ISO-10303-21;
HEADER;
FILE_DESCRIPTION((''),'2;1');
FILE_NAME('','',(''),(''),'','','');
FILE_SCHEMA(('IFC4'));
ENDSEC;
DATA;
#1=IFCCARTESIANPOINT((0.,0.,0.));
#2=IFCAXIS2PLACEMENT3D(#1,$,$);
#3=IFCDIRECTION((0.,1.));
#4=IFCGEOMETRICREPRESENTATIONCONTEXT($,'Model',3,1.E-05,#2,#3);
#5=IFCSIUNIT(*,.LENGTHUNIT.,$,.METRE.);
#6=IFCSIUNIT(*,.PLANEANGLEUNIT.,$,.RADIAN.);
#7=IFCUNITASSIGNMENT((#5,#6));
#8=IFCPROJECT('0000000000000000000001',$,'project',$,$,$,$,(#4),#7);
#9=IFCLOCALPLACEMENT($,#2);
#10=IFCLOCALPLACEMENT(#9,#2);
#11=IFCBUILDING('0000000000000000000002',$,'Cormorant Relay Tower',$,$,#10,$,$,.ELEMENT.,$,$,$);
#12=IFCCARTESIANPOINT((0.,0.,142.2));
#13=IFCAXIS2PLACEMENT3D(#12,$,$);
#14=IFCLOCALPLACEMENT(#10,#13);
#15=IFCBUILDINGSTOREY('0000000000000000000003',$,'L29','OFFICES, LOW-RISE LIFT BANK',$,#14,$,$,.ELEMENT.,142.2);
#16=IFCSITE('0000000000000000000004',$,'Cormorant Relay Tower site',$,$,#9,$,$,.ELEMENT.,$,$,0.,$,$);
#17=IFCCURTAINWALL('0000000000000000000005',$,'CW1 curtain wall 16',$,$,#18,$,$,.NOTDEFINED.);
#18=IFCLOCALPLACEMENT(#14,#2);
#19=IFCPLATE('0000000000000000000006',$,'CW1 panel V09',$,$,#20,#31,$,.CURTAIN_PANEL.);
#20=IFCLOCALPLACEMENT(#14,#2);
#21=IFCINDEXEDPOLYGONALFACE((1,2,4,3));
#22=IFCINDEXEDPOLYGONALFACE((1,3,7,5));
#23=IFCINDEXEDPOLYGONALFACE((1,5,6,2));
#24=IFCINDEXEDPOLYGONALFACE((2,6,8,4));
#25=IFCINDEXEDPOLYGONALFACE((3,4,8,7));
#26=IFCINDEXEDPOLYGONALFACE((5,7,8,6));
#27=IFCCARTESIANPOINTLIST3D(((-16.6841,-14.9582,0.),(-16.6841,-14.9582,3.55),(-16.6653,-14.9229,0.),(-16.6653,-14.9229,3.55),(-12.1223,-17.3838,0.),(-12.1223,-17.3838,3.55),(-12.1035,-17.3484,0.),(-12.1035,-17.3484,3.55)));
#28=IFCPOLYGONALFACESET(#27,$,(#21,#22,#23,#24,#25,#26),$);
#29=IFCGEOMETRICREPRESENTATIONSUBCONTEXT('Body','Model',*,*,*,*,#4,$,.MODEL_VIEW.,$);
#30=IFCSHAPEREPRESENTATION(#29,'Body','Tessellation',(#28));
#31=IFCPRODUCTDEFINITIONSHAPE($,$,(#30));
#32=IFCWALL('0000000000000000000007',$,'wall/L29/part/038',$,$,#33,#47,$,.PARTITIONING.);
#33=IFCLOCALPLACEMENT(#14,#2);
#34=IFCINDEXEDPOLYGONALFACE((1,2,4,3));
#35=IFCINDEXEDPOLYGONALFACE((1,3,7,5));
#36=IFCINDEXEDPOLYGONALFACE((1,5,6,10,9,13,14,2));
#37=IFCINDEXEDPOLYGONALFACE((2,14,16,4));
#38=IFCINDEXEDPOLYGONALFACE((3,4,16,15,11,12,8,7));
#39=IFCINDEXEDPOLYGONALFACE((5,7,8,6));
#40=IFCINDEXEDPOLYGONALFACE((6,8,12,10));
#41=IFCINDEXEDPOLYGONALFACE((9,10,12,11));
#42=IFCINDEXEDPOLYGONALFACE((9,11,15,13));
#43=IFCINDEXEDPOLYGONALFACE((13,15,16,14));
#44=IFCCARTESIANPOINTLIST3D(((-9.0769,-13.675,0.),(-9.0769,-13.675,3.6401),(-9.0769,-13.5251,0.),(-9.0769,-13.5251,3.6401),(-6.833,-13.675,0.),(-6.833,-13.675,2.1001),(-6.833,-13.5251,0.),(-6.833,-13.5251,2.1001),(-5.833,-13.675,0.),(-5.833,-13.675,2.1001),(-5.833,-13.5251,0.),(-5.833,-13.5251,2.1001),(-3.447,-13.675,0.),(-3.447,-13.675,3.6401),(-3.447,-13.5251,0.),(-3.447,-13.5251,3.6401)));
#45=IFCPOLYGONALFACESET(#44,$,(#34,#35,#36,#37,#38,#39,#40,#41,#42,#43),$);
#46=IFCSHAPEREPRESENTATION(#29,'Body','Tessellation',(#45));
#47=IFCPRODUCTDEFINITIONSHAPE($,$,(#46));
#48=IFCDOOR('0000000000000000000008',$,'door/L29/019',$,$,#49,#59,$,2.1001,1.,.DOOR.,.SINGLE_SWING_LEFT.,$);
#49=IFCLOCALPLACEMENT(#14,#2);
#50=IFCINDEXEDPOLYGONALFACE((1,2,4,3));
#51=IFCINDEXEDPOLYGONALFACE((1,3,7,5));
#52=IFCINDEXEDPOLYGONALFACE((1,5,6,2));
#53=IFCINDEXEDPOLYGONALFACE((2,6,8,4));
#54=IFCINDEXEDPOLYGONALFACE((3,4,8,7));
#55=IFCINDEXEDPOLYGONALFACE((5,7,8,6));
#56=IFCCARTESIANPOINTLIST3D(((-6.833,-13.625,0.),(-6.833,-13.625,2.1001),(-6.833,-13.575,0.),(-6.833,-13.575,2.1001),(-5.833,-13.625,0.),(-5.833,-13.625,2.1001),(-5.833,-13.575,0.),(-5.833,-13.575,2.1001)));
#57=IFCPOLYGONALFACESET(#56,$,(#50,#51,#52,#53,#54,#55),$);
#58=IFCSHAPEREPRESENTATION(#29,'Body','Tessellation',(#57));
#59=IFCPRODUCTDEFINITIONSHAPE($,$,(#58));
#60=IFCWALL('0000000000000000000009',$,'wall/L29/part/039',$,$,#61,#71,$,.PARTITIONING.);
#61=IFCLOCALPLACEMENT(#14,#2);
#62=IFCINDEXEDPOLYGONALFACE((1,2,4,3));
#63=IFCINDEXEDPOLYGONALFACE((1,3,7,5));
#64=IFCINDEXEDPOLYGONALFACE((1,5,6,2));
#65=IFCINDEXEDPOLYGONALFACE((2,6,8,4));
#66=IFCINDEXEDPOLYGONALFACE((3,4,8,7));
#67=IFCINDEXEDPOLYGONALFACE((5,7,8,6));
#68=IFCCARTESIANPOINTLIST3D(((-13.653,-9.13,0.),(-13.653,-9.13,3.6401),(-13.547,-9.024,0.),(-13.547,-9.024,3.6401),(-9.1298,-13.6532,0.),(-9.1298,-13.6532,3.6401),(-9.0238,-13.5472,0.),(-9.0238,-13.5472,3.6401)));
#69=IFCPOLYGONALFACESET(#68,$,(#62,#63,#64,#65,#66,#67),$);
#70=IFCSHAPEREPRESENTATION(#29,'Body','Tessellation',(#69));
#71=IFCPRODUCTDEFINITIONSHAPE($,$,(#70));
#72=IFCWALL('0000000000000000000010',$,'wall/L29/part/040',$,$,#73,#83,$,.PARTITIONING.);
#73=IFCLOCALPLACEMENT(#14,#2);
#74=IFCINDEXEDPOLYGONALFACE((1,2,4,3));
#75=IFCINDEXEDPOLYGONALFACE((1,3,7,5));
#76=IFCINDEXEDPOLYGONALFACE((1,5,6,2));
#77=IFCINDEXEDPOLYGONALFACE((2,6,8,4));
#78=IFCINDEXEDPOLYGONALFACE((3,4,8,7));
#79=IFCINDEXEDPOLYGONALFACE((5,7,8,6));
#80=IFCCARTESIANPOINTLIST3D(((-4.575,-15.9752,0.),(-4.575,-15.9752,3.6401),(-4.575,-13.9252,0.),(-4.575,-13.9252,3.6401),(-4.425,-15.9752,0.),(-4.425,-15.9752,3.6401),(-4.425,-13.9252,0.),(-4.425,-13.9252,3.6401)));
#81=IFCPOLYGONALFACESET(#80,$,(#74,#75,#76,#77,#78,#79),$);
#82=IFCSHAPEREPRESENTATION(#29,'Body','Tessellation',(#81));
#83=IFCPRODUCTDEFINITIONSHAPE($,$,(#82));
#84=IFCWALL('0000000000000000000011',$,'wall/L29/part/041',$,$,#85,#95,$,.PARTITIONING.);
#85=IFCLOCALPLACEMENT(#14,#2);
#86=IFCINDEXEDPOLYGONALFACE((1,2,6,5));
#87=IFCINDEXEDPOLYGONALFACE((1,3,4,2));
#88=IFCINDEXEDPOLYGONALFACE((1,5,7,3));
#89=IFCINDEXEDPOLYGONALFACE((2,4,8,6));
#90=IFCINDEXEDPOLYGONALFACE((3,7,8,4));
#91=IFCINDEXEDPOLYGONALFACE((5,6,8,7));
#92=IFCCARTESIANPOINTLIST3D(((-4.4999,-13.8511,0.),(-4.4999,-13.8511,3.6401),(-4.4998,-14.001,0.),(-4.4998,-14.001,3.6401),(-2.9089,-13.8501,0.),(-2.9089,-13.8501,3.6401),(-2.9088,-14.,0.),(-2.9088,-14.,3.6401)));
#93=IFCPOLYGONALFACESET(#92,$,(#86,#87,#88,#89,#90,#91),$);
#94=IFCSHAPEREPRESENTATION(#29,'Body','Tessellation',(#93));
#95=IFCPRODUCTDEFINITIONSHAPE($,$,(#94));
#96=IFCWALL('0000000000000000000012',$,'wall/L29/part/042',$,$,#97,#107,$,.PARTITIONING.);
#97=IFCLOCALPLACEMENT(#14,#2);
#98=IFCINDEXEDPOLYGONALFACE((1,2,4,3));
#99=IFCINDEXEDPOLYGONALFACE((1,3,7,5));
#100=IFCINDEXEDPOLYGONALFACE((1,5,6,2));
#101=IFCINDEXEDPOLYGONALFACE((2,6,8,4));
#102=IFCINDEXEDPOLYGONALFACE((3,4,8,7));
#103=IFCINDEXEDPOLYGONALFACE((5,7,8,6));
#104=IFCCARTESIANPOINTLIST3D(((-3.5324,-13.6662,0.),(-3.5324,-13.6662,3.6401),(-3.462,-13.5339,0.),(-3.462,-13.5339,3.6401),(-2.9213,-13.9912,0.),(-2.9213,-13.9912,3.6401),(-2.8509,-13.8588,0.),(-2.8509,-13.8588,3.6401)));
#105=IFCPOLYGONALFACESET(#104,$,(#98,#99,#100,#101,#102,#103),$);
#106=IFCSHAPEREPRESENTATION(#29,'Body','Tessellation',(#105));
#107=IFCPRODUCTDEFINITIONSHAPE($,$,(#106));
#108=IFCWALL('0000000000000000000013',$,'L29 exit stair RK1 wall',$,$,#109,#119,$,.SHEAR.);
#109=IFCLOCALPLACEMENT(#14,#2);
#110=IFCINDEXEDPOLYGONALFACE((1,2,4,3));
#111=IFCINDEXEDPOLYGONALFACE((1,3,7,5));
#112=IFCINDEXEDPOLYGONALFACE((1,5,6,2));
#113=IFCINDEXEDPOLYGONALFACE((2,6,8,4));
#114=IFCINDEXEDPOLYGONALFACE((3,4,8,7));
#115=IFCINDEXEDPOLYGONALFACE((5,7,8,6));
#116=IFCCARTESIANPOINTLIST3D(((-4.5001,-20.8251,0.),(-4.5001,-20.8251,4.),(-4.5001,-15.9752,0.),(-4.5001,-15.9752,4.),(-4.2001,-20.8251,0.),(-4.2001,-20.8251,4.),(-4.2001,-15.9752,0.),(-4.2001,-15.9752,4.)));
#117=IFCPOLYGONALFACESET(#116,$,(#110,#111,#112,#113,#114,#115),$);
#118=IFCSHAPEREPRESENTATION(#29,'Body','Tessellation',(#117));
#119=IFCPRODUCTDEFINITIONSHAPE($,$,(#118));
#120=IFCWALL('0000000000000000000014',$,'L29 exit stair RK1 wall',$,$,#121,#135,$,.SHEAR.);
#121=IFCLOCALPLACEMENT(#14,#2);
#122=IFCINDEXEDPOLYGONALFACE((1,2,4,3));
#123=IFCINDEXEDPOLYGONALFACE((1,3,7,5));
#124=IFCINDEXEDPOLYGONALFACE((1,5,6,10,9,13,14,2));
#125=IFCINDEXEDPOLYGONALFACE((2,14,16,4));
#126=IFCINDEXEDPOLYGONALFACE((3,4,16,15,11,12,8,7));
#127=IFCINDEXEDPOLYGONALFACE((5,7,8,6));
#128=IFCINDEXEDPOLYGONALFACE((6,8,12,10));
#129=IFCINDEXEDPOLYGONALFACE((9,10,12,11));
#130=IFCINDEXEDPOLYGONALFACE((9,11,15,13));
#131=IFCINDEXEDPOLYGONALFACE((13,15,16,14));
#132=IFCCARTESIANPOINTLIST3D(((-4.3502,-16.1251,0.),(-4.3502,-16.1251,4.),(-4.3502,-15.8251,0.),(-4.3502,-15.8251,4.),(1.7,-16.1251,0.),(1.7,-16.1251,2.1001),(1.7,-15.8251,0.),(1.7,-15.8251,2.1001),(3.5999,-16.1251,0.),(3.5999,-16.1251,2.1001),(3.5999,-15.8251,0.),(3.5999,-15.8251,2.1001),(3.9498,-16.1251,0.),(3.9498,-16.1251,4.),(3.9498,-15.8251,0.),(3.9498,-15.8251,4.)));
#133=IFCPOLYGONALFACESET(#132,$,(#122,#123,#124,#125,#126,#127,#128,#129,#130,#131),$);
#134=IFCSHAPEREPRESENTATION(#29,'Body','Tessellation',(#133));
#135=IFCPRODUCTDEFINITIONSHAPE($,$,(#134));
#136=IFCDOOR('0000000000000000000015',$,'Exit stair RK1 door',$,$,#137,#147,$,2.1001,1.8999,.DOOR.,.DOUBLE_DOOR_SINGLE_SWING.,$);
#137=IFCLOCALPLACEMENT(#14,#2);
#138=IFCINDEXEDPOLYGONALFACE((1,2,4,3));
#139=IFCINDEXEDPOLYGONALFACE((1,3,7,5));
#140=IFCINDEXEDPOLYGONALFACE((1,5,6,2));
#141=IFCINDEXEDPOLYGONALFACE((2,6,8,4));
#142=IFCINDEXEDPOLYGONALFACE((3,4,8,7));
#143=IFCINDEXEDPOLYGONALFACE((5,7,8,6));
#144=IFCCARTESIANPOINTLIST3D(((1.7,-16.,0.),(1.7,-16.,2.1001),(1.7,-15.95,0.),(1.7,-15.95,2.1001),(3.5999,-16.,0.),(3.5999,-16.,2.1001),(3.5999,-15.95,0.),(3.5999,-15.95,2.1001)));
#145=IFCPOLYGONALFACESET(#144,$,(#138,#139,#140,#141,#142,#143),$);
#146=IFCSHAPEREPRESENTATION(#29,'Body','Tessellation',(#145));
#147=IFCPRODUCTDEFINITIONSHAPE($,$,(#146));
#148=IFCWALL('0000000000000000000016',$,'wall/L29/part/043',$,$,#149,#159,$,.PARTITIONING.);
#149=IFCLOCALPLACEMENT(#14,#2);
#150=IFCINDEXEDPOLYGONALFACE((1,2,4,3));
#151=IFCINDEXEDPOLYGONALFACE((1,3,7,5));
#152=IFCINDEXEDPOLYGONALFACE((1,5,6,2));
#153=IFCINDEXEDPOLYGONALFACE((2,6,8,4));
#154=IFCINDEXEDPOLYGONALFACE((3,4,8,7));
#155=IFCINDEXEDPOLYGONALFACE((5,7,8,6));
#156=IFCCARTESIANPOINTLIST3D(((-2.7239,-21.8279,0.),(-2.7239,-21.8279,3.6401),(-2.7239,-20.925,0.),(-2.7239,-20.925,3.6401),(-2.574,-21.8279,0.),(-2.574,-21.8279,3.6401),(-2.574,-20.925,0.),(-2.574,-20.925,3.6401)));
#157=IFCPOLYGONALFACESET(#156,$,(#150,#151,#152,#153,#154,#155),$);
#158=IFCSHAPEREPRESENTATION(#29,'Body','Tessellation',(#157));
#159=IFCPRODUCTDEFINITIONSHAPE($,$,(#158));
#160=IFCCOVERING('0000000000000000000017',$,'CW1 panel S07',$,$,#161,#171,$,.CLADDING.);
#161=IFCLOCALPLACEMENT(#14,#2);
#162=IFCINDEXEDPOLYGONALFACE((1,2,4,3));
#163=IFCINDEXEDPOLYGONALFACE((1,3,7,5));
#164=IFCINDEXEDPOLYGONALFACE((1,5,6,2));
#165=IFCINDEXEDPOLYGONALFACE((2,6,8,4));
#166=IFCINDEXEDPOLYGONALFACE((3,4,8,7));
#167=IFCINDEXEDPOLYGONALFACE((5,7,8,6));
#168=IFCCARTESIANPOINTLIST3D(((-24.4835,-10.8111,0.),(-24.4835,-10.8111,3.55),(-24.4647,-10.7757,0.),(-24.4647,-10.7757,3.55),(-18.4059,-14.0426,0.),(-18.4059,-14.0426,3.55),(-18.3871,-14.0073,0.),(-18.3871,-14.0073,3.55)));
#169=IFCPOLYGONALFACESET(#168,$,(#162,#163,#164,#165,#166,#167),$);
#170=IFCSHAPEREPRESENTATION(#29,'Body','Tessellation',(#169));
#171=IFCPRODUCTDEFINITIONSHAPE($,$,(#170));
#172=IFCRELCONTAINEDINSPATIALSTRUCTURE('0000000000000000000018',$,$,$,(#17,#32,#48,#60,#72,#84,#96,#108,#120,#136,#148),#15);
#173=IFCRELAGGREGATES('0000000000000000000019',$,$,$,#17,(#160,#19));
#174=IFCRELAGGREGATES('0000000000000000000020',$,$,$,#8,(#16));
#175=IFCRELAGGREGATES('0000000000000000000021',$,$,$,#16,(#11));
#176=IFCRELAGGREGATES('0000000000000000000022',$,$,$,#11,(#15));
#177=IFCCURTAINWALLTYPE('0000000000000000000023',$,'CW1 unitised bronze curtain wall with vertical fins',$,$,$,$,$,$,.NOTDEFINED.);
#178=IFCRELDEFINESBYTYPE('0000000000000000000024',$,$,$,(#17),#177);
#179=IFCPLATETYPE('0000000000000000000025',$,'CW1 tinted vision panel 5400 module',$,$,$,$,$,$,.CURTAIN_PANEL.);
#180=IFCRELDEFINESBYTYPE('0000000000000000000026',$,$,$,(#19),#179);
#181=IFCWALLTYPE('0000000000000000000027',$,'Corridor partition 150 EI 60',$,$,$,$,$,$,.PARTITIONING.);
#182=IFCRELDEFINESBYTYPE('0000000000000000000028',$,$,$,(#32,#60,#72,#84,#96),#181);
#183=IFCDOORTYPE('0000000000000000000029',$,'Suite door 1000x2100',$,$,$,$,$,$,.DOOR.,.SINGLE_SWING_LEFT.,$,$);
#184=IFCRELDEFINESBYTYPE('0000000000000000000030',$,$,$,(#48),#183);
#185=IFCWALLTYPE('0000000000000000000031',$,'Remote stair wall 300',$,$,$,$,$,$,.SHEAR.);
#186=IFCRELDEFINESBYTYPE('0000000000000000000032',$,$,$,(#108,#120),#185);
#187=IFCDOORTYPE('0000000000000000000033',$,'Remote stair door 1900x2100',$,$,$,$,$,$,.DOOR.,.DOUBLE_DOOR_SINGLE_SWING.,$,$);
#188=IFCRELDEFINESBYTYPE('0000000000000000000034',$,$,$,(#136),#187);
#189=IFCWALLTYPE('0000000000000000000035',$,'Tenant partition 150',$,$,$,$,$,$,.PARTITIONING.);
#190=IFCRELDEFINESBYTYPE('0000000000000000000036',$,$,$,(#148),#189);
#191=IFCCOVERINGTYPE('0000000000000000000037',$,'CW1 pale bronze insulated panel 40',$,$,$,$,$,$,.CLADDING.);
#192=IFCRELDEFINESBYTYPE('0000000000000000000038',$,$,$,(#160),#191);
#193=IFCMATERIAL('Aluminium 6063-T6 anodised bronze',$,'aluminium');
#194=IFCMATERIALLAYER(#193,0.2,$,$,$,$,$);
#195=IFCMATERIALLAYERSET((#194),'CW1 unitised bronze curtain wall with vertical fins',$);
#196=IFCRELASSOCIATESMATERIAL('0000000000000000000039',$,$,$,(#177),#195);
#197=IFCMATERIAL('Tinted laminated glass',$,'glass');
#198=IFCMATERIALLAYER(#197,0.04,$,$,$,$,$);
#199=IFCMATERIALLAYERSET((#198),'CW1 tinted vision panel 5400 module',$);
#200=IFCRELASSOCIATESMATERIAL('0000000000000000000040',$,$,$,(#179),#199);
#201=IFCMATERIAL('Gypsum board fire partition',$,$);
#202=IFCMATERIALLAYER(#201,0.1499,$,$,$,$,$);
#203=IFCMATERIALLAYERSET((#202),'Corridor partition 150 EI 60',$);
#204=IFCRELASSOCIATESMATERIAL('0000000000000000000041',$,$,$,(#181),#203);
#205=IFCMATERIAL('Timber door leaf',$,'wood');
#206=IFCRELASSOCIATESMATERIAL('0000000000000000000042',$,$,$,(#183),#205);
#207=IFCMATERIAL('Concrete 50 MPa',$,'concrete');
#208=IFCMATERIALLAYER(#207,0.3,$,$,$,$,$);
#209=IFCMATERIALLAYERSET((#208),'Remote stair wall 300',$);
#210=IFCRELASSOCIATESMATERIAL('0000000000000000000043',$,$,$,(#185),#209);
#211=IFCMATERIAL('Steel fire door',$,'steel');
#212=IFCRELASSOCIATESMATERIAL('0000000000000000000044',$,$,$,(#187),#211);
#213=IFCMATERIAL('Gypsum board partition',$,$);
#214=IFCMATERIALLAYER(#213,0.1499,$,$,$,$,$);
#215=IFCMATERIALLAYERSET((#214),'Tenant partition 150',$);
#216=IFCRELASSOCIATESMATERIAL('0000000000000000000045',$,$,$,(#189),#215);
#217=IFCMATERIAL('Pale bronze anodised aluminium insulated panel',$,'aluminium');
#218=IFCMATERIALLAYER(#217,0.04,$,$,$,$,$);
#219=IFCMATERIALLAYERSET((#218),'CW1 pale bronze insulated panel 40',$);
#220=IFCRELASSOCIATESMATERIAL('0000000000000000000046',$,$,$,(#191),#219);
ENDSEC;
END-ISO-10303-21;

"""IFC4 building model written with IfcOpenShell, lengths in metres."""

from ifc_helpers import new_model, si_unit, direction, frame, frame_2d, origin, origin_2d, place, context, subcontext, project, spatial, rectangle, extrude, material, layer, layer_set, type_object, element, fill, aggregate, save


model = new_model("IFC4")

# Units and contexts
model_context = context("Model", 3, precision=1e-05, world=origin(), true_north=direction((0.0, 1.0)))
body_context = subcontext(model_context, "Body", "Model", "MODEL_VIEW")
ifc_project = project(units=[si_unit("LENGTHUNIT", "METRE"), si_unit("PLANEANGLEUNIT", "RADIAN")], contexts=[model_context])

# Site, building, storey
site_placement = place(None, origin())
site = spatial("IfcSite", under=ifc_project, at=site_placement, Name="Cormorant Relay Tower site", CompositionType="ELEMENT", RefElevation=0.0)
building_placement = place(site_placement, origin())
building = spatial("IfcBuilding", under=site, at=building_placement, Name="Cormorant Relay Tower", CompositionType="ELEMENT")
storey_placement = place(building_placement, frame((0.0, 0.0, 142.2)))
storey = spatial("IfcBuildingStorey", under=building, at=storey_placement, Name="L29", Description="OFFICES, LOW-RISE LIFT BANK", CompositionType="ELEMENT", Elevation=142.2)

# Shared definitions
ifc_material_1 = material(Name="Aluminium 6063-T6 anodised bronze", Category="aluminium")
ifc_layer_1 = layer(ifc_material_1, 0.2)
ifc_layer_set_1 = layer_set([ifc_layer_1], Name="CW1 unitised bronze curtain wall with vertical fins")
curtain_wall_type = type_object("IfcCurtainWallType", Name="CW1 unitised bronze curtain wall with vertical fins", PredefinedType="NOTDEFINED", material=ifc_layer_set_1)

# Curtain wall
curtain_wall_1_placement = place(storey_placement, origin())
curtain_wall_1 = element("IfcCurtainWall", 1, at=curtain_wall_1_placement, inside=storey, type_object=curtain_wall_type, Name="CW1 curtain wall 16", PredefinedType="NOTDEFINED")

# Plate
ifc_material_2 = material(Name="Tinted laminated glass", Category="glass")
ifc_layer_2 = layer(ifc_material_2, 0.04)
ifc_layer_set_2 = layer_set([ifc_layer_2], Name="CW1 tinted vision panel 5400 module")
plate_type_1 = type_object("IfcPlateType", Name="CW1 tinted vision panel 5400 module", PredefinedType="CURTAIN_PANEL", material=ifc_layer_set_2)
plate_1_placement = place(storey_placement, frame((-14.3938, -16.1533, 0.0), z_axis=(0.0, 0.0, 1.0), x_axis=(0.882948, -0.469472, 0.0)))
plate_1 = element("IfcPlate", 2, at=plate_1_placement, type_object=plate_type_1, Name="CW1 panel V09", PredefinedType="CURTAIN_PANEL", context=body_context, shape_type="SweptSolid", body=[
    extrude(rectangle(XDim=5.1665, YDim=0.04, at=origin_2d()), origin(), (0.0, 0.0, 1.0), 3.55),
])

# Wall, opening, door
ifc_material_3 = material(Name="Gypsum board fire partition")
ifc_layer_3 = layer(ifc_material_3, 0.1499)
ifc_layer_set_3 = layer_set([ifc_layer_3], Name="Corridor partition 150 EI 60")
wall_type_1 = type_object("IfcWallType", Name="Corridor partition 150 EI 60", PredefinedType="PARTITIONING", material=ifc_layer_set_3)
wall_1_placement = place(storey_placement, frame((-3.447, -13.6001, 0.0), z_axis=(0.0, 0.0, 1.0), x_axis=(-1.0, 0.0, 0.0)))
wall_1 = element("IfcWall", 3, at=wall_1_placement, inside=storey, type_object=wall_type_1, Name="wall/L29/part/038", PredefinedType="PARTITIONING", context=body_context, shape_type="SweptSolid", body=[
    extrude(rectangle(XDim=5.6299, YDim=0.1499, at=frame_2d((2.8149, 0.0))), origin(), (0.0, 0.0, 1.0), 3.6401),
])
opening_1_placement = place(wall_1_placement, frame((2.386, 0.0, 0.0)))
opening_1 = element("IfcOpeningElement", 4, at=opening_1_placement, cuts=wall_1, PredefinedType="OPENING", context=body_context, shape_type="SweptSolid", body=[
    extrude(rectangle(XDim=1.0, YDim=2.1001, at=frame_2d((0.5, 1.05))), frame((0.0, 0.085, 0.0), z_axis=(0.0, -1.0, 0.0), x_axis=(1.0, 0.0, 0.0)), (0.0, 0.0, 1.0), 0.1699),
])
ifc_material_4 = material(Name="Timber door leaf", Category="wood")
door_type_1 = type_object("IfcDoorType", Name="Suite door 1000x2100", OperationType="SINGLE_SWING_LEFT", PredefinedType="DOOR", material=ifc_material_4)
door_1_placement = place(opening_1_placement, origin())
door_1 = element("IfcDoor", 5, at=door_1_placement, inside=storey, type_object=door_type_1, Name="door/L29/019", OperationType="SINGLE_SWING_LEFT", OverallHeight=2.1001, OverallWidth=1.0, PredefinedType="DOOR", context=body_context, shape_type="SweptSolid", body=[
    extrude(rectangle(XDim=1.0, YDim=2.1001, at=frame_2d((0.5, 1.05))), frame((0.0, 0.0249, 0.0), z_axis=(0.0, -1.0, 0.0), x_axis=(1.0, 0.0, 0.0)), (0.0, 0.0, 1.0), 0.05),
])
fill(opening_1, door_1)

# Walls
wall_2_placement = place(storey_placement, frame((-9.0769, -13.6001, 0.0), z_axis=(0.0, 0.0, 1.0), x_axis=(-0.707107, 0.707107, 0.0)))
element("IfcWall", 6, at=wall_2_placement, inside=storey, type_object=wall_type_1, Name="wall/L29/part/039", PredefinedType="PARTITIONING", context=body_context, shape_type="SweptSolid", body=[
    extrude(rectangle(XDim=6.3967, YDim=0.1499, at=frame_2d((3.1982, 0.0))), origin(), (0.0, 0.0, 1.0), 3.6401),
])
wall_3_placement = place(storey_placement, frame((-4.5, -15.9751, 0.0), z_axis=(0.0, 0.0, 1.0), x_axis=(0.0, 1.0, 0.0)))
element("IfcWall", 7, at=wall_3_placement, inside=storey, type_object=wall_type_1, Name="wall/L29/part/040", PredefinedType="PARTITIONING", context=body_context, shape_type="SweptSolid", body=[
    extrude(rectangle(XDim=2.05, YDim=0.1499, at=frame_2d((1.0249, 0.0))), origin(), (0.0, 0.0, 1.0), 3.6401),
])
wall_4_placement = place(storey_placement, frame((-2.9089, -13.925, 0.0), z_axis=(0.0, 0.0, 1.0), x_axis=(-1.0, -0.000614, 0.0)))
element("IfcWall", 8, at=wall_4_placement, inside=storey, type_object=wall_type_1, Name="wall/L29/part/041", PredefinedType="PARTITIONING", context=body_context, shape_type="SweptSolid", body=[
    extrude(rectangle(XDim=1.5911, YDim=0.1499, at=frame_2d((0.7954, 0.0))), origin(), (0.0, 0.0, 1.0), 3.6401),
])
wall_5_placement = place(storey_placement, frame((-2.886, -13.925, 0.0), z_axis=(0.0, 0.0, 1.0), x_axis=(-0.882928, 0.469508, 0.0)))
element("IfcWall", 9, at=wall_5_placement, inside=storey, type_object=wall_type_1, Name="wall/L29/part/042", PredefinedType="PARTITIONING", context=body_context, shape_type="SweptSolid", body=[
    extrude(rectangle(XDim=0.6921, YDim=0.1499, at=frame_2d((0.3462, 0.0))), origin(), (0.0, 0.0, 1.0), 3.6401),
])
ifc_material_5 = material(Name="Concrete 50 MPa", Category="concrete")
ifc_layer_4 = layer(ifc_material_5, 0.3)
ifc_layer_set_4 = layer_set([ifc_layer_4], Name="Remote stair wall 300")
wall_type_2 = type_object("IfcWallType", Name="Remote stair wall 300", PredefinedType="SHEAR", material=ifc_layer_set_4)
wall_6_placement = place(storey_placement, frame((-4.3501, -20.825, 0.0), z_axis=(0.0, 0.0, 1.0), x_axis=(0.0, 1.0, 0.0)))
element("IfcWall", 10, at=wall_6_placement, inside=storey, type_object=wall_type_2, Name="L29 exit stair RK1 wall", PredefinedType="SHEAR", context=body_context, shape_type="SweptSolid", body=[
    extrude(rectangle(XDim=4.8499, YDim=0.3, at=frame_2d((2.4248, 0.0))), origin(), (0.0, 0.0, 1.0), 4.0),
])

# Wall, opening, door
wall_7_placement = place(storey_placement, frame((-4.3501, -15.9751, 0.0), z_axis=(0.0, 0.0, 1.0), x_axis=(1.0, 0.0, 0.0)))
wall_7 = element("IfcWall", 11, at=wall_7_placement, inside=storey, type_object=wall_type_2, Name="L29 exit stair RK1 wall", PredefinedType="SHEAR", context=body_context, shape_type="SweptSolid", body=[
    extrude(rectangle(XDim=8.3, YDim=0.3, at=frame_2d((4.1499, 0.0))), origin(), (0.0, 0.0, 1.0), 4.0),
])
opening_2_placement = place(wall_7_placement, frame((6.05, 0.0, 0.0)))
opening_2 = element("IfcOpeningElement", 12, at=opening_2_placement, cuts=wall_7, PredefinedType="OPENING", context=body_context, shape_type="SweptSolid", body=[
    extrude(rectangle(XDim=1.8999, YDim=2.1001, at=frame_2d((0.95, 1.05))), frame((0.0, 0.1599, 0.0), z_axis=(0.0, -1.0, 0.0), x_axis=(1.0, 0.0, 0.0)), (0.0, 0.0, 1.0), 0.3201),
])
ifc_material_6 = material(Name="Steel fire door", Category="steel")
door_type_2 = type_object("IfcDoorType", Name="Remote stair door 1900x2100", OperationType="DOUBLE_DOOR_SINGLE_SWING", PredefinedType="DOOR", material=ifc_material_6)
door_2_placement = place(opening_2_placement, frame((1.8999, 0.0, 0.0), z_axis=(0.0, 0.0, 1.0), x_axis=(-1.0, 0.0, 0.0)))
door_2 = element("IfcDoor", 13, at=door_2_placement, inside=storey, type_object=door_type_2, Name="Exit stair RK1 door", OperationType="DOUBLE_DOOR_SINGLE_SWING", OverallHeight=2.1001, OverallWidth=1.8999, PredefinedType="DOOR", context=body_context, shape_type="SweptSolid", body=[
    extrude(rectangle(XDim=1.8999, YDim=2.1001, at=frame_2d((0.95, 1.05))), frame((0.0, 0.0249, 0.0), z_axis=(0.0, -1.0, 0.0), x_axis=(1.0, 0.0, 0.0)), (0.0, 0.0, 1.0), 0.05),
])
fill(opening_2, door_2)

# Wall
ifc_material_7 = material(Name="Gypsum board partition")
ifc_layer_5 = layer(ifc_material_7, 0.1499)
ifc_layer_set_5 = layer_set([ifc_layer_5], Name="Tenant partition 150")
wall_type_3 = type_object("IfcWallType", Name="Tenant partition 150", PredefinedType="PARTITIONING", material=ifc_layer_set_5)
wall_8_placement = place(storey_placement, frame((-2.6489, -20.925, 0.0), z_axis=(0.0, 0.0, 1.0), x_axis=(0.0, -1.0, 0.0)))
element("IfcWall", 14, at=wall_8_placement, inside=storey, type_object=wall_type_3, Name="wall/L29/part/043", PredefinedType="PARTITIONING", context=body_context, shape_type="SweptSolid", body=[
    extrude(rectangle(XDim=0.9028, YDim=0.1499, at=frame_2d((0.4514, 0.0))), origin(), (0.0, 0.0, 1.0), 3.6401),
])

# Covering
ifc_material_8 = material(Name="Pale bronze anodised aluminium insulated panel", Category="aluminium")
ifc_layer_6 = layer(ifc_material_8, 0.04)
ifc_layer_set_6 = layer_set([ifc_layer_6], Name="CW1 pale bronze insulated panel 40")
covering_type = type_object("IfcCoveringType", Name="CW1 pale bronze insulated panel 40", PredefinedType="CLADDING", material=ifc_layer_set_6)
covering_1_placement = place(storey_placement, frame((-21.4353, -12.4092, 0.0), z_axis=(0.0, 0.0, 1.0), x_axis=(0.882948, -0.469472, 0.0)))
covering_1 = element("IfcCovering", 15, at=covering_1_placement, type_object=covering_type, Name="CW1 panel S07", PredefinedType="CLADDING", context=body_context, shape_type="SweptSolid", body=[
    extrude(rectangle(XDim=6.8833, YDim=0.04, at=origin_2d()), origin(), (0.0, 0.0, 1.0), 3.55),
])
aggregate(curtain_wall_1, [covering_1, plate_1])

save(model, "model.ifc")
